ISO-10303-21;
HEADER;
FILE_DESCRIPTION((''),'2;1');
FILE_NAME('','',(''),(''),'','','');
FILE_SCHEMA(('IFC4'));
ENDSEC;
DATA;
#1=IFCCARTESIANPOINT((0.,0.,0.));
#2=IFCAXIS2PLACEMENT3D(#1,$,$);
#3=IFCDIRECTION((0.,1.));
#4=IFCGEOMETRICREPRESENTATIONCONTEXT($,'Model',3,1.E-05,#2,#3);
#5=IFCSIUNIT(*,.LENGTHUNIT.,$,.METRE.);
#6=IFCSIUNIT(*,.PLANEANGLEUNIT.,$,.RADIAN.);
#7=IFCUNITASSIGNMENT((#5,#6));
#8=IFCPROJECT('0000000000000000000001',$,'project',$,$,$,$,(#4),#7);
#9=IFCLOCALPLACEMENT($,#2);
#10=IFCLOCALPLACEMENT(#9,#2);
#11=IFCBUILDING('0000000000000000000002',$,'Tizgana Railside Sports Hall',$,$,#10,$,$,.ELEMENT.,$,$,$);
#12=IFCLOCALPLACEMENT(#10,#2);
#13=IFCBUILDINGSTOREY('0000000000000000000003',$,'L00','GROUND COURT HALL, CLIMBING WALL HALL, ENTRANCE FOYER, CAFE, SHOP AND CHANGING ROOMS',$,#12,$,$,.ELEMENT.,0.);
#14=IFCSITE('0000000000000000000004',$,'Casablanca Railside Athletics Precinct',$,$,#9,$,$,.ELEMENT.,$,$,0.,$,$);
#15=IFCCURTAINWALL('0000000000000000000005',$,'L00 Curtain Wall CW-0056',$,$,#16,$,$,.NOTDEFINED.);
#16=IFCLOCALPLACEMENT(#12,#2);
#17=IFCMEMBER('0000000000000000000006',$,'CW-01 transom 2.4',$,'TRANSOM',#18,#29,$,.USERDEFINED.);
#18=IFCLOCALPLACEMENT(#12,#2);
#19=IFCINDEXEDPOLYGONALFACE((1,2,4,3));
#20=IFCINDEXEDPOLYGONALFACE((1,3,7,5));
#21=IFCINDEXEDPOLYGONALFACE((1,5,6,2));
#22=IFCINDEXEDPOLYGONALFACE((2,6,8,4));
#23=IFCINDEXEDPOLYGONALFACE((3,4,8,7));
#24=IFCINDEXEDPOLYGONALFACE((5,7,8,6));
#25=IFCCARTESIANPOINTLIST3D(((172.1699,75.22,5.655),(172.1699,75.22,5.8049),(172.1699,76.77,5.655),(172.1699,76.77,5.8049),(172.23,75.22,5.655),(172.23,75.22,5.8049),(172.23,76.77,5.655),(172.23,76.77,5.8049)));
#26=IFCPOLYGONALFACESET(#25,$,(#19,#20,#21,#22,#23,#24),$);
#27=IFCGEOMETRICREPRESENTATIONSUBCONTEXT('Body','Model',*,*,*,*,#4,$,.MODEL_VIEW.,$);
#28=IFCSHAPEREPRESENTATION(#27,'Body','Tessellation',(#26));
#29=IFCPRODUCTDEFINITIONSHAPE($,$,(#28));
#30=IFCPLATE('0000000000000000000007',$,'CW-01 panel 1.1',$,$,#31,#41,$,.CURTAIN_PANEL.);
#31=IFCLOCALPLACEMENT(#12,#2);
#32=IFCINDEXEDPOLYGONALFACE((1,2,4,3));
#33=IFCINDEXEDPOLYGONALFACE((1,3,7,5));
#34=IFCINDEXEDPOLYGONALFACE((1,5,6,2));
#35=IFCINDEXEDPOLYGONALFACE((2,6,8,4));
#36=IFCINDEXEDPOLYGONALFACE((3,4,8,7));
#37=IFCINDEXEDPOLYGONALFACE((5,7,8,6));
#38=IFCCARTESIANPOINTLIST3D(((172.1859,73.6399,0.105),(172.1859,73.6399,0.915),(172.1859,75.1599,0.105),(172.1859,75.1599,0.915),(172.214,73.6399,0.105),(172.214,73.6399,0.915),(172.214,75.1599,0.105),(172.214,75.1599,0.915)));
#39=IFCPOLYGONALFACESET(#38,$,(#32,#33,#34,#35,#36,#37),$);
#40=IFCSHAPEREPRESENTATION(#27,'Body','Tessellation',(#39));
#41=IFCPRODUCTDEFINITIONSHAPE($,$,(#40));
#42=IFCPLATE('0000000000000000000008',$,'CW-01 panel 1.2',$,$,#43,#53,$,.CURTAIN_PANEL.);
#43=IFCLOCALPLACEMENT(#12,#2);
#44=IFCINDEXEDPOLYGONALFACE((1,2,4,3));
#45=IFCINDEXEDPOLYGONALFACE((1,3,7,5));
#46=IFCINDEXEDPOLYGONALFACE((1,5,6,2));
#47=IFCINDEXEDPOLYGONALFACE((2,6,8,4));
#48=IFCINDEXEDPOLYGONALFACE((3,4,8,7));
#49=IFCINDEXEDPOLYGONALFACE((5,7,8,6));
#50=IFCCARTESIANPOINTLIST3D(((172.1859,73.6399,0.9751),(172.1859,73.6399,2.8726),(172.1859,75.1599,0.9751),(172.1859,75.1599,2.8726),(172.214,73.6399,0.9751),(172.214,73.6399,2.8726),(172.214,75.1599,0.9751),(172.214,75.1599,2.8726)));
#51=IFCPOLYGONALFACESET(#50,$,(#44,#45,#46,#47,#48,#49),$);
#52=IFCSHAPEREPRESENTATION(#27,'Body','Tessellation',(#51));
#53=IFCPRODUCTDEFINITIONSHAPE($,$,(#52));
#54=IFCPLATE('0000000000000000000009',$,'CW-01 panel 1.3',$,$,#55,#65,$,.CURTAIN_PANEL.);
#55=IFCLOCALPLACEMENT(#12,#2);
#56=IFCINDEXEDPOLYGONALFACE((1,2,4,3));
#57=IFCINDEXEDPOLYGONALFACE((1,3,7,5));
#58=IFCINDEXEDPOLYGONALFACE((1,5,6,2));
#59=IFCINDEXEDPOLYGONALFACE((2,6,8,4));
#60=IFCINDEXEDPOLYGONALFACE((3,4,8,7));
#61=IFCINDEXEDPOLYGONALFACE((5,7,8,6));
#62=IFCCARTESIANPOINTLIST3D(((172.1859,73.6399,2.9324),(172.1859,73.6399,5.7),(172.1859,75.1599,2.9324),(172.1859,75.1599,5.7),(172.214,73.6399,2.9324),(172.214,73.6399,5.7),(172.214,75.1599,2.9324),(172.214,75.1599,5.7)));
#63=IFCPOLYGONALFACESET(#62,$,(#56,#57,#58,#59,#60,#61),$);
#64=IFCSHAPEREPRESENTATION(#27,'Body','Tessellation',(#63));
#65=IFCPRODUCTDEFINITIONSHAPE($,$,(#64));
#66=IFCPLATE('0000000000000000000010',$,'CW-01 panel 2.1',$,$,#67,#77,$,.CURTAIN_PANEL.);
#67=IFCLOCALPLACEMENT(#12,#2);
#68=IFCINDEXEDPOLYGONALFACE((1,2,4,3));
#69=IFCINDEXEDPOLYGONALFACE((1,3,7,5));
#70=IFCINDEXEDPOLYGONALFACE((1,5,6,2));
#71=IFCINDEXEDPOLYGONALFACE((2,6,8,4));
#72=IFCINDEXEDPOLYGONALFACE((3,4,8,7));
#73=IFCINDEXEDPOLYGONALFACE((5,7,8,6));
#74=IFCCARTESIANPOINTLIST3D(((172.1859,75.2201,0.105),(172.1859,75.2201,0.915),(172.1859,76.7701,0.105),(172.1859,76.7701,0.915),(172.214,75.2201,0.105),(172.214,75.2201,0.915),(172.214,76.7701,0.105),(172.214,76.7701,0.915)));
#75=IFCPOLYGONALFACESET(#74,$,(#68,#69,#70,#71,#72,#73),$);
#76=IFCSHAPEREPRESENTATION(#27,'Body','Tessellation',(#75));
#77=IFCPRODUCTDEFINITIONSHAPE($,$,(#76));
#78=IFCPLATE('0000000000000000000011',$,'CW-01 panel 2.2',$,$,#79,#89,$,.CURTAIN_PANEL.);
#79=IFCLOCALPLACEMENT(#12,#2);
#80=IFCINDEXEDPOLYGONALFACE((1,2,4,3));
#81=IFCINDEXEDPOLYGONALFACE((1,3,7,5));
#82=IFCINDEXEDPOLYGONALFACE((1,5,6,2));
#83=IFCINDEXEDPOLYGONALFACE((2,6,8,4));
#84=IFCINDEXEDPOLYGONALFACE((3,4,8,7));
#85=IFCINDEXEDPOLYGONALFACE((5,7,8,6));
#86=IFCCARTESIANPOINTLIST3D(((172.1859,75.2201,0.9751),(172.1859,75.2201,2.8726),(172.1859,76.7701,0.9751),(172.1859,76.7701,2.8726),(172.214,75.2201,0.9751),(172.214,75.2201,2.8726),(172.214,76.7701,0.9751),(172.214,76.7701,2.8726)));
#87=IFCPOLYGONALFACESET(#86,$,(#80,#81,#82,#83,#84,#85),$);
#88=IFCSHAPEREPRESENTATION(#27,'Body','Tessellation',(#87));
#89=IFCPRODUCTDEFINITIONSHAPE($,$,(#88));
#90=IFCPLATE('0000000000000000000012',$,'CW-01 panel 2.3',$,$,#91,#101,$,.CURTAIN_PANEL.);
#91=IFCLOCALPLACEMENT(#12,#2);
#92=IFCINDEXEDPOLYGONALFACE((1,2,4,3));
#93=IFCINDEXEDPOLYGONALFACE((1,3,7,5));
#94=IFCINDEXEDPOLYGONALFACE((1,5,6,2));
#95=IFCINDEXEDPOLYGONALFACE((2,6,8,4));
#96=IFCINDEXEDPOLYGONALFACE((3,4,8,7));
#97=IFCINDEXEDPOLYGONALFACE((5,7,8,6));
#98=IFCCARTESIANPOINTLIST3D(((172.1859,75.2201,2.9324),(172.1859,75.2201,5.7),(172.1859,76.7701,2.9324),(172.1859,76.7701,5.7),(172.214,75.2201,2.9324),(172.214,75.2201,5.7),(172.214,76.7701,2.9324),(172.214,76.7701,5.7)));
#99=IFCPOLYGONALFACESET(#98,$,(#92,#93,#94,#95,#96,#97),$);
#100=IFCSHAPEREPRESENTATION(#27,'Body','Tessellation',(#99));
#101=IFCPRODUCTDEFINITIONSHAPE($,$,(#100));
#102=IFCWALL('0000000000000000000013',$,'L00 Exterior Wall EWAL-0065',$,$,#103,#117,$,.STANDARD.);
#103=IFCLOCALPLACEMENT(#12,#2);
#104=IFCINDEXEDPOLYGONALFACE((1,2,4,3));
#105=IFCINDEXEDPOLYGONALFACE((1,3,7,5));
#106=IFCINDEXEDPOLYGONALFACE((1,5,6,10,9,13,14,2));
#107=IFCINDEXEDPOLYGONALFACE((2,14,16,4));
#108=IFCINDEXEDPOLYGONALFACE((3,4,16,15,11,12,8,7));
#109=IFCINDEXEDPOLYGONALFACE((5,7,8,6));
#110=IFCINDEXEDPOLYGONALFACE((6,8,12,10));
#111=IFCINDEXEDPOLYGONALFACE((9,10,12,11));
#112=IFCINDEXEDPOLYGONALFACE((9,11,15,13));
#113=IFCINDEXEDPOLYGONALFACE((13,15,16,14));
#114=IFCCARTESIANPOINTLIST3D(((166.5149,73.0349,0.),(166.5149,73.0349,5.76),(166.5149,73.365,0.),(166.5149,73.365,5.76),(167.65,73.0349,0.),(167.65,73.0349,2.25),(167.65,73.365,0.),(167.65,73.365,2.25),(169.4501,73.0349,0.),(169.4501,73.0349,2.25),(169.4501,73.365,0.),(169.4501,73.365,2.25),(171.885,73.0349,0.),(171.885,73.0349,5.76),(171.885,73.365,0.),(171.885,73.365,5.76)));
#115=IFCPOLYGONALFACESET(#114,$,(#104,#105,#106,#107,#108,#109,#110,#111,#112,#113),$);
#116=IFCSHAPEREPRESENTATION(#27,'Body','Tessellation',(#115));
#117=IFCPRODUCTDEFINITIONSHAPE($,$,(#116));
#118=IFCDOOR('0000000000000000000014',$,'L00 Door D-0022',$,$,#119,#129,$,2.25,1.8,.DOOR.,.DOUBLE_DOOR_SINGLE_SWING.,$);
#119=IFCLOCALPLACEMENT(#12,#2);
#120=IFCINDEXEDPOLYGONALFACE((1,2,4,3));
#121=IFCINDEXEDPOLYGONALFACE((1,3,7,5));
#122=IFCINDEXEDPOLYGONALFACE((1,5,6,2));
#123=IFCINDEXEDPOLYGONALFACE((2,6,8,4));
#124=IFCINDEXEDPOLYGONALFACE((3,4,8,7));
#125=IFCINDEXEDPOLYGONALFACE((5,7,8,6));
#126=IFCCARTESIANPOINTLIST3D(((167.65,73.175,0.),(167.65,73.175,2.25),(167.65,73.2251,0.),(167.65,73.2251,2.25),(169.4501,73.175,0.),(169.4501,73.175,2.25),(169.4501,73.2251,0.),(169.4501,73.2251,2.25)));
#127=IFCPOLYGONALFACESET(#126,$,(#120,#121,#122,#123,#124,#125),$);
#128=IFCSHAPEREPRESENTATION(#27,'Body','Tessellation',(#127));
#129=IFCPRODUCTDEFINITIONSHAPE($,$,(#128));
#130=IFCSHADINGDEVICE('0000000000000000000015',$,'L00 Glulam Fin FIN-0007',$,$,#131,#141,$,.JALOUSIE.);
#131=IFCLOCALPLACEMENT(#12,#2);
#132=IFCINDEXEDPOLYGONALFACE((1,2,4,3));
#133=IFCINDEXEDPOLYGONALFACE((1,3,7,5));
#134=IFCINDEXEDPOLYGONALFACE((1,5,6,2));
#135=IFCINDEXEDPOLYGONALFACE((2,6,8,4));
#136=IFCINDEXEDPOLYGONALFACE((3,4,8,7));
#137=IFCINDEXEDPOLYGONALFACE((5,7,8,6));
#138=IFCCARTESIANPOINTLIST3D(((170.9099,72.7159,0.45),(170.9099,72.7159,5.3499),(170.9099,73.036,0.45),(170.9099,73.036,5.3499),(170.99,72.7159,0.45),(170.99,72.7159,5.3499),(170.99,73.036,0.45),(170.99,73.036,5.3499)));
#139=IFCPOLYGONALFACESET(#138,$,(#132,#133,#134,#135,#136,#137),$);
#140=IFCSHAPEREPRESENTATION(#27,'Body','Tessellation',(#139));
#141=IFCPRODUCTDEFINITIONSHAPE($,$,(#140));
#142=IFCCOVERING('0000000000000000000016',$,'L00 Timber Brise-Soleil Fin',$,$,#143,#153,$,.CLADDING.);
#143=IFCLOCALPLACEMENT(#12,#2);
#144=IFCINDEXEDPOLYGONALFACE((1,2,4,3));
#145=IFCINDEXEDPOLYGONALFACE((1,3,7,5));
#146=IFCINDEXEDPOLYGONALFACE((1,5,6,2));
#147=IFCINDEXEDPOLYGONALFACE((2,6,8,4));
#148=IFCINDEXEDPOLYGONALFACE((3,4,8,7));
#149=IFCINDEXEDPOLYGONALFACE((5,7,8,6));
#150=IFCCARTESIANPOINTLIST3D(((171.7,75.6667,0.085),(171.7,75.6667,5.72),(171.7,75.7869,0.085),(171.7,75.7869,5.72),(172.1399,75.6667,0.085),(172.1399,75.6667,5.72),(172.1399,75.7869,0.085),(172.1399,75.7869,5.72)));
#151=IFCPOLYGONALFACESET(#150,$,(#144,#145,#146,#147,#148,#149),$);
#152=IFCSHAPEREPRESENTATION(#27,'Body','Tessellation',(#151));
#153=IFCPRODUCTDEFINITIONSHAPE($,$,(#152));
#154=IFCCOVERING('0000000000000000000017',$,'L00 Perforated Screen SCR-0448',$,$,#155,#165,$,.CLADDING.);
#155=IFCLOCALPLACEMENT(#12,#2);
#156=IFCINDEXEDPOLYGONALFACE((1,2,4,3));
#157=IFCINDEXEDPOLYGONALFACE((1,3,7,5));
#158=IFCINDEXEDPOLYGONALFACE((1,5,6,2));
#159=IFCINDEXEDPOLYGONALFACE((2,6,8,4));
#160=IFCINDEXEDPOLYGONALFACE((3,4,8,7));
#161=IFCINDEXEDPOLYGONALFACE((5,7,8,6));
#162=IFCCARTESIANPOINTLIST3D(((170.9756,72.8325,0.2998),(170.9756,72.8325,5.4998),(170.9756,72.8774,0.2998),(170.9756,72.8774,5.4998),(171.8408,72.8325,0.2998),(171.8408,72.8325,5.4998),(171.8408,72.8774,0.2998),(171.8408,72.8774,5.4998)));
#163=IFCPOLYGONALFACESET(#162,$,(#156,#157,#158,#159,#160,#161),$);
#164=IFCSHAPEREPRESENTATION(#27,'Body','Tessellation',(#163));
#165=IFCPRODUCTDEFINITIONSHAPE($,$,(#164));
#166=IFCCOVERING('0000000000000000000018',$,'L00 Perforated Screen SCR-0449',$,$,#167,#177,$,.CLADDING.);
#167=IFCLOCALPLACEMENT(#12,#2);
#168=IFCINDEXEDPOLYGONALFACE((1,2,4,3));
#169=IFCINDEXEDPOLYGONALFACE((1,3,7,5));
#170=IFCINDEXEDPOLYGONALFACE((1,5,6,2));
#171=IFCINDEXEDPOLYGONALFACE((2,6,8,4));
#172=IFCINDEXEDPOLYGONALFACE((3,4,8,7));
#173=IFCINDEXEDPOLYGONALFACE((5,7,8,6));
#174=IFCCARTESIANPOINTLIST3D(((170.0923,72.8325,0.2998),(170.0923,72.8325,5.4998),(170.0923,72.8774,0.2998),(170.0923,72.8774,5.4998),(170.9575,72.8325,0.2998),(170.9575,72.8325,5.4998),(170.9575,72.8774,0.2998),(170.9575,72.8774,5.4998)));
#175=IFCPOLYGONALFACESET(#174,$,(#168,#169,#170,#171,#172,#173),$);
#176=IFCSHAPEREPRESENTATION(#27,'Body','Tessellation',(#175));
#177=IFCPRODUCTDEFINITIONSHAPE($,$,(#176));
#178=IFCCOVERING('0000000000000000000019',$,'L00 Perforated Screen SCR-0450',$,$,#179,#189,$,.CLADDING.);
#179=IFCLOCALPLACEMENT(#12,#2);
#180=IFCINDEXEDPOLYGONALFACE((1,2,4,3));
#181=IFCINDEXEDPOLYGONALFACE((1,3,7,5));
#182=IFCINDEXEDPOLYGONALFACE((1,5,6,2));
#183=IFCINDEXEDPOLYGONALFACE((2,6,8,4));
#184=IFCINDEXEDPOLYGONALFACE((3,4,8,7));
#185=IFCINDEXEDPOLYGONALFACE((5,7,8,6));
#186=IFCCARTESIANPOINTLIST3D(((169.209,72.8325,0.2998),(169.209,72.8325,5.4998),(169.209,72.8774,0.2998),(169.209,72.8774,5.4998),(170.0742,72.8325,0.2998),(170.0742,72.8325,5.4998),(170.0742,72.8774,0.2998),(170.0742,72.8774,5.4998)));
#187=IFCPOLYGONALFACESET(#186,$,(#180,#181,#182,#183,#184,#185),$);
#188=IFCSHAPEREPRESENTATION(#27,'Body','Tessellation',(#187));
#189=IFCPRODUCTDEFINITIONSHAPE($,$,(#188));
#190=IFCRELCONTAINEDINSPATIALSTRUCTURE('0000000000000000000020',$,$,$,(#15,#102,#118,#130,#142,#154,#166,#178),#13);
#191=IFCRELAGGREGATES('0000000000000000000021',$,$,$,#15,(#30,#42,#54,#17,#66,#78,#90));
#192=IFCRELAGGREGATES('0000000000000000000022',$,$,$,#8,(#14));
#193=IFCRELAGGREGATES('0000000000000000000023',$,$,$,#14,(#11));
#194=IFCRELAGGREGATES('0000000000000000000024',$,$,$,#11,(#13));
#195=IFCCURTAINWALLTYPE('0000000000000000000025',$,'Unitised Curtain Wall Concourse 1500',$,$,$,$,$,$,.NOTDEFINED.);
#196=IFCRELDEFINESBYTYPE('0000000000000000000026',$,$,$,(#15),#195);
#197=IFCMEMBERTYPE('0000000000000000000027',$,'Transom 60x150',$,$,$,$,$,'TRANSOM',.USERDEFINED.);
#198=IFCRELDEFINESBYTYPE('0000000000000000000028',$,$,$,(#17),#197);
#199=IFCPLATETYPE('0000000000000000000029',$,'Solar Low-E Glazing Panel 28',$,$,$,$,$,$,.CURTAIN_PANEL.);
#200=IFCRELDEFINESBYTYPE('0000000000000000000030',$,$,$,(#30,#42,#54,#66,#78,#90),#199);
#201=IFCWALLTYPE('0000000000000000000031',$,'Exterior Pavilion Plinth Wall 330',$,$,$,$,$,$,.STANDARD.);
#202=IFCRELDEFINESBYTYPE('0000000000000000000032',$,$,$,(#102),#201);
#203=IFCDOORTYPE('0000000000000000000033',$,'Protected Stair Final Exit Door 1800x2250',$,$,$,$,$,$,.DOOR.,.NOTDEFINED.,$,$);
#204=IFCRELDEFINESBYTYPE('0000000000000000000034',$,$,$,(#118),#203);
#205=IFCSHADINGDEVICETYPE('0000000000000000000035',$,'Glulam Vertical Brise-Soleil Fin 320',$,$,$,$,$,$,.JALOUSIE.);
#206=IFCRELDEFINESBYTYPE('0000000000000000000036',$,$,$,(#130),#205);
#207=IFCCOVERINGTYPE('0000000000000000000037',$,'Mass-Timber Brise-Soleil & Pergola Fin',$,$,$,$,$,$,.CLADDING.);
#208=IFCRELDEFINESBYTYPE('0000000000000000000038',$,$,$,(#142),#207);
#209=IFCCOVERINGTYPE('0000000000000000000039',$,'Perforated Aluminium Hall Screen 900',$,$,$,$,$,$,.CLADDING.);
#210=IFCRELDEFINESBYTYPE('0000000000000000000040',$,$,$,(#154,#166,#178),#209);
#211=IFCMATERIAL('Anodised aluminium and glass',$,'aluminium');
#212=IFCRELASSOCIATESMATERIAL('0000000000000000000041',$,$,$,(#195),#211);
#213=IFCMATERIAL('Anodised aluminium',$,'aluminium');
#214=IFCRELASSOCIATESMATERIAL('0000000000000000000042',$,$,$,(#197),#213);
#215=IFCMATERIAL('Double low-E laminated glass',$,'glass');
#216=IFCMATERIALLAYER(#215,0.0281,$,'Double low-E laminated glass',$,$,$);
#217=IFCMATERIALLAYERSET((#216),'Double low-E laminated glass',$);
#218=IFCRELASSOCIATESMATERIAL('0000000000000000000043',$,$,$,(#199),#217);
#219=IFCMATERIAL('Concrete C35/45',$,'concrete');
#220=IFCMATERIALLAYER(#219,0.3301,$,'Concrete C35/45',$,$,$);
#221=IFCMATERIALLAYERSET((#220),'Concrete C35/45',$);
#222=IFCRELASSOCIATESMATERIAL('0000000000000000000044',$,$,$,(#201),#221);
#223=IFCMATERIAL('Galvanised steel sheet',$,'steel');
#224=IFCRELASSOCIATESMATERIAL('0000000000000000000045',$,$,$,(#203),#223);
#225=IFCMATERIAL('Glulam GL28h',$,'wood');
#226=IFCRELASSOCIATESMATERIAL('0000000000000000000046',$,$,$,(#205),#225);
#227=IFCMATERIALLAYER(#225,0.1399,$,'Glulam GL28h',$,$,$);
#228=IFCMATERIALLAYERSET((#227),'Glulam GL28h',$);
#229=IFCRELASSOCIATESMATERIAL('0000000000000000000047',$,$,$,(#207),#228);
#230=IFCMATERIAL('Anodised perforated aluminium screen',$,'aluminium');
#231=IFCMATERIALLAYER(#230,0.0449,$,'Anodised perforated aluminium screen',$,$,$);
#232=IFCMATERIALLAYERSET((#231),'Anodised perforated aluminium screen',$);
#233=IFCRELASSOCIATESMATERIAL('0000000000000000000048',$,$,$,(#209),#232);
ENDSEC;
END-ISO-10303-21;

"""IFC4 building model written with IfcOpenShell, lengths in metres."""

from ifc_helpers import new_model, si_unit, direction, frame, frame_2d, origin, origin_2d, place, context, subcontext, project, spatial, rectangle, extrude, material, layer, layer_set, material_profile, profile_set, type_object, element, fill, aggregate, save


model = new_model("IFC4")

# Units and contexts
model_context = context("Model", 3, precision=1e-05, world=origin(), true_north=direction((0.0, 1.0)))
body_context = subcontext(model_context, "Body", "Model", "MODEL_VIEW")
ifc_project = project(units=[si_unit("LENGTHUNIT", "METRE"), si_unit("PLANEANGLEUNIT", "RADIAN")], contexts=[model_context])

# Site, building, storey
site_placement = place(None, origin())
site = spatial("IfcSite", under=ifc_project, at=site_placement, Name="Casablanca Railside Athletics Precinct", CompositionType="ELEMENT", RefElevation=0.0)
building_placement = place(site_placement, origin())
building = spatial("IfcBuilding", under=site, at=building_placement, Name="Tizgana Railside Sports Hall", CompositionType="ELEMENT")
storey_placement = place(building_placement, origin())
storey = spatial("IfcBuildingStorey", under=building, at=storey_placement, Name="L00", Description="GROUND COURT HALL, CLIMBING WALL HALL, ENTRANCE FOYER, CAFE, SHOP AND CHANGING ROOMS", CompositionType="ELEMENT", Elevation=0.0)

# Curtain wall
ifc_material_1 = material(Name="Anodised aluminium and glass", Category="aluminium")
curtain_wall_type = type_object("IfcCurtainWallType", Name="Unitised Curtain Wall Concourse 1500", PredefinedType="NOTDEFINED", material=ifc_material_1)
curtain_wall_placement = place(storey_placement, origin())
curtain_wall = element("IfcCurtainWall", 1, at=curtain_wall_placement, inside=storey, type_object=curtain_wall_type, Name="L00 Curtain Wall CW-0056", PredefinedType="NOTDEFINED")
ifc_material_2 = material(Name="Anodised aluminium", Category="aluminium")

# Member
ifc_material_profile_1 = material_profile(ifc_material_2, rectangle(XDim=0.0601, YDim=0.1499, at=origin_2d()), Name="Transom 60x150")
ifc_profile_set_1 = profile_set([ifc_material_profile_1], Name="Anodised aluminium")
member_type_1 = type_object("IfcMemberType", Name="Transom 60x150", ElementType="TRANSOM", PredefinedType="USERDEFINED", material=ifc_profile_set_1)
member_1_placement = place(storey_placement, frame((172.2, 75.22, 5.73), z_axis=(0.0, 1.0, 0.0), x_axis=(-1.0, 0.0, 0.0)))
member_1 = element("IfcMember", 2, at=member_1_placement, type_object=member_type_1, Name="CW-01 transom 2.4", ObjectType="TRANSOM", PredefinedType="USERDEFINED", context=body_context, shape_type="SweptSolid", body=[
    extrude(rectangle(XDim=0.0601, YDim=0.1499, at=origin_2d()), origin(), (0.0, 0.0, 1.0), 1.55),
])

# Plates
ifc_material_3 = material(Name="Double low-E laminated glass", Category="glass")
ifc_layer_1 = layer(ifc_material_3, 0.0281, Name="Double low-E laminated glass")
ifc_layer_set_1 = layer_set([ifc_layer_1], Name="Double low-E laminated glass")
plate_type = type_object("IfcPlateType", Name="Solar Low-E Glazing Panel 28", PredefinedType="CURTAIN_PANEL", material=ifc_layer_set_1)
plate_1_placement = place(storey_placement, frame((172.2, 74.3999, 0.105), z_axis=(0.0, 0.0, 1.0), x_axis=(0.0, 1.0, 0.0)))
plate_1 = element("IfcPlate", 3, at=plate_1_placement, type_object=plate_type, Name="CW-01 panel 1.1", PredefinedType="CURTAIN_PANEL", context=body_context, shape_type="SweptSolid", body=[
    extrude(rectangle(XDim=1.52, YDim=0.0281, at=origin_2d()), origin(), (0.0, 0.0, 1.0), 0.8101),
])
plate_2_placement = place(storey_placement, frame((172.2, 74.3999, 0.9751), z_axis=(0.0, 0.0, 1.0), x_axis=(0.0, 1.0, 0.0)))
plate_2 = element("IfcPlate", 4, at=plate_2_placement, type_object=plate_type, Name="CW-01 panel 1.2", PredefinedType="CURTAIN_PANEL", context=body_context, shape_type="SweptSolid", body=[
    extrude(rectangle(XDim=1.52, YDim=0.0281, at=origin_2d()), origin(), (0.0, 0.0, 1.0), 1.8975),
])
plate_3_placement = place(storey_placement, frame((172.2, 74.3999, 2.9324), z_axis=(0.0, 0.0, 1.0), x_axis=(0.0, 1.0, 0.0)))
plate_3 = element("IfcPlate", 5, at=plate_3_placement, type_object=plate_type, Name="CW-01 panel 1.3", PredefinedType="CURTAIN_PANEL", context=body_context, shape_type="SweptSolid", body=[
    extrude(rectangle(XDim=1.52, YDim=0.0281, at=origin_2d()), origin(), (0.0, 0.0, 1.0), 2.7676),
])
plate_4_placement = place(storey_placement, frame((172.2, 75.9951, 0.105), z_axis=(0.0, 0.0, 1.0), x_axis=(0.0, 1.0, 0.0)))
plate_4 = element("IfcPlate", 6, at=plate_4_placement, type_object=plate_type, Name="CW-01 panel 2.1", PredefinedType="CURTAIN_PANEL", context=body_context, shape_type="SweptSolid", body=[
    extrude(rectangle(XDim=1.55, YDim=0.0281, at=origin_2d()), origin(), (0.0, 0.0, 1.0), 0.8101),
])
plate_5_placement = place(storey_placement, frame((172.2, 75.9951, 0.9751), z_axis=(0.0, 0.0, 1.0), x_axis=(0.0, 1.0, 0.0)))
plate_5 = element("IfcPlate", 7, at=plate_5_placement, type_object=plate_type, Name="CW-01 panel 2.2", PredefinedType="CURTAIN_PANEL", context=body_context, shape_type="SweptSolid", body=[
    extrude(rectangle(XDim=1.55, YDim=0.0281, at=origin_2d()), origin(), (0.0, 0.0, 1.0), 1.8975),
])
plate_6_placement = place(storey_placement, frame((172.2, 75.9951, 2.9324), z_axis=(0.0, 0.0, 1.0), x_axis=(0.0, 1.0, 0.0)))
plate_6 = element("IfcPlate", 8, at=plate_6_placement, type_object=plate_type, Name="CW-01 panel 2.3", PredefinedType="CURTAIN_PANEL", context=body_context, shape_type="SweptSolid", body=[
    extrude(rectangle(XDim=1.55, YDim=0.0281, at=origin_2d()), origin(), (0.0, 0.0, 1.0), 2.7676),
])
aggregate(curtain_wall, [plate_1, plate_2, plate_3, member_1, plate_4, plate_5, plate_6])

# Wall, opening, door
ifc_material_4 = material(Name="Concrete C35/45", Category="concrete")
ifc_layer_2 = layer(ifc_material_4, 0.3301, Name="Concrete C35/45")
ifc_layer_set_2 = layer_set([ifc_layer_2], Name="Concrete C35/45")
wall_type = type_object("IfcWallType", Name="Exterior Pavilion Plinth Wall 330", PredefinedType="STANDARD", material=ifc_layer_set_2)
wall_placement = place(storey_placement, frame((171.885, 73.2, 0.0), z_axis=(0.0, 0.0, 1.0), x_axis=(-1.0, 0.0, 0.0)))
wall = element("IfcWall", 9, at=wall_placement, inside=storey, type_object=wall_type, Name="L00 Exterior Wall EWAL-0065", PredefinedType="STANDARD", context=body_context, shape_type="SweptSolid", body=[
    extrude(rectangle(XDim=5.3701, YDim=0.3301, at=frame_2d((2.6851, 0.0))), origin(), (0.0, 0.0, 1.0), 5.76),
])
opening_placement = place(wall_placement, frame((2.4351, 0.0, 0.0)))
opening = element("IfcOpeningElement", 10, at=opening_placement, cuts=wall, PredefinedType="OPENING", context=body_context, shape_type="SweptSolid", body=[
    extrude(rectangle(XDim=1.8, YDim=2.25, at=frame_2d((0.8999, 1.125))), frame((0.0, 0.175, 0.0), z_axis=(0.0, -1.0, 0.0), x_axis=(1.0, 0.0, 0.0)), (0.0, 0.0, 1.0), 0.3501),
])
ifc_material_5 = material(Name="Galvanised steel sheet", Category="steel")
door_type = type_object("IfcDoorType", Name="Protected Stair Final Exit Door 1800x2250", OperationType="NOTDEFINED", PredefinedType="DOOR", material=ifc_material_5)
door_placement = place(opening_placement, origin())
door = element("IfcDoor", 11, at=door_placement, inside=storey, type_object=door_type, Name="L00 Door D-0022", OperationType="DOUBLE_DOOR_SINGLE_SWING", OverallHeight=2.25, OverallWidth=1.8, PredefinedType="DOOR", context=body_context, shape_type="SweptSolid", body=[
    extrude(rectangle(XDim=1.8, YDim=2.25, at=frame_2d((0.8999, 1.125))), frame((0.0, 0.0249, 0.0), z_axis=(0.0, -1.0, 0.0), x_axis=(1.0, 0.0, 0.0)), (0.0, 0.0, 1.0), 0.05),
])
fill(opening, door)

# Shading device
ifc_material_6 = material(Name="Glulam GL28h", Category="wood")
shading_device_type = type_object("IfcShadingDeviceType", Name="Glulam Vertical Brise-Soleil Fin 320", PredefinedType="JALOUSIE", material=ifc_material_6)
shading_device_placement = place(storey_placement, frame((170.95, 72.876, 0.45), z_axis=(0.0, 0.0, 1.0), x_axis=(-1.0, 0.0, 0.0)))
element("IfcShadingDevice", 12, at=shading_device_placement, inside=storey, type_object=shading_device_type, Name="L00 Glulam Fin FIN-0007", PredefinedType="JALOUSIE", context=body_context, shape_type="SweptSolid", body=[
    extrude(rectangle(XDim=0.0801, YDim=0.3201, at=origin_2d()), origin(), (0.0, 0.0, 1.0), 4.8999),
])

# Coverings
ifc_layer_3 = layer(ifc_material_6, 0.1399, Name="Glulam GL28h")
ifc_layer_set_3 = layer_set([ifc_layer_3], Name="Glulam GL28h")
covering_type_1 = type_object("IfcCoveringType", Name="Mass-Timber Brise-Soleil & Pergola Fin", PredefinedType="CLADDING", material=ifc_layer_set_3)
covering_placement = place(storey_placement, frame((171.9199, 75.7268, 0.085), z_axis=(0.0, 0.0, 1.0), x_axis=(0.0, 1.0, 0.0)))
element("IfcCovering", 13, at=covering_placement, inside=storey, type_object=covering_type_1, Name="L00 Timber Brise-Soleil Fin", PredefinedType="CLADDING", context=body_context, shape_type="SweptSolid", body=[
    extrude(rectangle(XDim=0.1201, YDim=0.4399, at=origin_2d()), origin(), (0.0, 0.0, 1.0), 5.635),
])
ifc_material_7 = material(Name="Anodised perforated aluminium screen", Category="aluminium")
ifc_layer_4 = layer(ifc_material_7, 0.0449, Name="Anodised perforated aluminium screen")
ifc_layer_set_4 = layer_set([ifc_layer_4], Name="Anodised perforated aluminium screen")
covering_type_2 = type_object("IfcCoveringType", Name="Perforated Aluminium Hall Screen 900", PredefinedType="CLADDING", material=ifc_layer_set_4)
for number, where, z_axis, x_axis, name in (
    (14, (171.4082, 72.855, 0.2998), (0.0, 0.0, 1.0), (-1.0, 0.0, 0.0), "L00 Perforated Screen SCR-0448"),
    (15, (170.5249, 72.855, 0.2998), (0.0, 0.0, 1.0), (-1.0, 0.0, 0.0), "L00 Perforated Screen SCR-0449"),
    (16, (169.6416, 72.855, 0.2998), (0.0, 0.0, 1.0), (-1.0, 0.0, 0.0), "L00 Perforated Screen SCR-0450"),
):
    element("IfcCovering", number, at=place(storey_placement, frame(where, z_axis=z_axis, x_axis=x_axis)), inside=storey, type_object=covering_type_2, Name=name, PredefinedType="CLADDING", context=body_context, shape_type="SweptSolid", body=[
        extrude(rectangle(XDim=0.8652, YDim=0.0449, at=origin_2d()), origin(), (0.0, 0.0, 1.0), 5.2),
    ])

save(model, "model.ifc")
